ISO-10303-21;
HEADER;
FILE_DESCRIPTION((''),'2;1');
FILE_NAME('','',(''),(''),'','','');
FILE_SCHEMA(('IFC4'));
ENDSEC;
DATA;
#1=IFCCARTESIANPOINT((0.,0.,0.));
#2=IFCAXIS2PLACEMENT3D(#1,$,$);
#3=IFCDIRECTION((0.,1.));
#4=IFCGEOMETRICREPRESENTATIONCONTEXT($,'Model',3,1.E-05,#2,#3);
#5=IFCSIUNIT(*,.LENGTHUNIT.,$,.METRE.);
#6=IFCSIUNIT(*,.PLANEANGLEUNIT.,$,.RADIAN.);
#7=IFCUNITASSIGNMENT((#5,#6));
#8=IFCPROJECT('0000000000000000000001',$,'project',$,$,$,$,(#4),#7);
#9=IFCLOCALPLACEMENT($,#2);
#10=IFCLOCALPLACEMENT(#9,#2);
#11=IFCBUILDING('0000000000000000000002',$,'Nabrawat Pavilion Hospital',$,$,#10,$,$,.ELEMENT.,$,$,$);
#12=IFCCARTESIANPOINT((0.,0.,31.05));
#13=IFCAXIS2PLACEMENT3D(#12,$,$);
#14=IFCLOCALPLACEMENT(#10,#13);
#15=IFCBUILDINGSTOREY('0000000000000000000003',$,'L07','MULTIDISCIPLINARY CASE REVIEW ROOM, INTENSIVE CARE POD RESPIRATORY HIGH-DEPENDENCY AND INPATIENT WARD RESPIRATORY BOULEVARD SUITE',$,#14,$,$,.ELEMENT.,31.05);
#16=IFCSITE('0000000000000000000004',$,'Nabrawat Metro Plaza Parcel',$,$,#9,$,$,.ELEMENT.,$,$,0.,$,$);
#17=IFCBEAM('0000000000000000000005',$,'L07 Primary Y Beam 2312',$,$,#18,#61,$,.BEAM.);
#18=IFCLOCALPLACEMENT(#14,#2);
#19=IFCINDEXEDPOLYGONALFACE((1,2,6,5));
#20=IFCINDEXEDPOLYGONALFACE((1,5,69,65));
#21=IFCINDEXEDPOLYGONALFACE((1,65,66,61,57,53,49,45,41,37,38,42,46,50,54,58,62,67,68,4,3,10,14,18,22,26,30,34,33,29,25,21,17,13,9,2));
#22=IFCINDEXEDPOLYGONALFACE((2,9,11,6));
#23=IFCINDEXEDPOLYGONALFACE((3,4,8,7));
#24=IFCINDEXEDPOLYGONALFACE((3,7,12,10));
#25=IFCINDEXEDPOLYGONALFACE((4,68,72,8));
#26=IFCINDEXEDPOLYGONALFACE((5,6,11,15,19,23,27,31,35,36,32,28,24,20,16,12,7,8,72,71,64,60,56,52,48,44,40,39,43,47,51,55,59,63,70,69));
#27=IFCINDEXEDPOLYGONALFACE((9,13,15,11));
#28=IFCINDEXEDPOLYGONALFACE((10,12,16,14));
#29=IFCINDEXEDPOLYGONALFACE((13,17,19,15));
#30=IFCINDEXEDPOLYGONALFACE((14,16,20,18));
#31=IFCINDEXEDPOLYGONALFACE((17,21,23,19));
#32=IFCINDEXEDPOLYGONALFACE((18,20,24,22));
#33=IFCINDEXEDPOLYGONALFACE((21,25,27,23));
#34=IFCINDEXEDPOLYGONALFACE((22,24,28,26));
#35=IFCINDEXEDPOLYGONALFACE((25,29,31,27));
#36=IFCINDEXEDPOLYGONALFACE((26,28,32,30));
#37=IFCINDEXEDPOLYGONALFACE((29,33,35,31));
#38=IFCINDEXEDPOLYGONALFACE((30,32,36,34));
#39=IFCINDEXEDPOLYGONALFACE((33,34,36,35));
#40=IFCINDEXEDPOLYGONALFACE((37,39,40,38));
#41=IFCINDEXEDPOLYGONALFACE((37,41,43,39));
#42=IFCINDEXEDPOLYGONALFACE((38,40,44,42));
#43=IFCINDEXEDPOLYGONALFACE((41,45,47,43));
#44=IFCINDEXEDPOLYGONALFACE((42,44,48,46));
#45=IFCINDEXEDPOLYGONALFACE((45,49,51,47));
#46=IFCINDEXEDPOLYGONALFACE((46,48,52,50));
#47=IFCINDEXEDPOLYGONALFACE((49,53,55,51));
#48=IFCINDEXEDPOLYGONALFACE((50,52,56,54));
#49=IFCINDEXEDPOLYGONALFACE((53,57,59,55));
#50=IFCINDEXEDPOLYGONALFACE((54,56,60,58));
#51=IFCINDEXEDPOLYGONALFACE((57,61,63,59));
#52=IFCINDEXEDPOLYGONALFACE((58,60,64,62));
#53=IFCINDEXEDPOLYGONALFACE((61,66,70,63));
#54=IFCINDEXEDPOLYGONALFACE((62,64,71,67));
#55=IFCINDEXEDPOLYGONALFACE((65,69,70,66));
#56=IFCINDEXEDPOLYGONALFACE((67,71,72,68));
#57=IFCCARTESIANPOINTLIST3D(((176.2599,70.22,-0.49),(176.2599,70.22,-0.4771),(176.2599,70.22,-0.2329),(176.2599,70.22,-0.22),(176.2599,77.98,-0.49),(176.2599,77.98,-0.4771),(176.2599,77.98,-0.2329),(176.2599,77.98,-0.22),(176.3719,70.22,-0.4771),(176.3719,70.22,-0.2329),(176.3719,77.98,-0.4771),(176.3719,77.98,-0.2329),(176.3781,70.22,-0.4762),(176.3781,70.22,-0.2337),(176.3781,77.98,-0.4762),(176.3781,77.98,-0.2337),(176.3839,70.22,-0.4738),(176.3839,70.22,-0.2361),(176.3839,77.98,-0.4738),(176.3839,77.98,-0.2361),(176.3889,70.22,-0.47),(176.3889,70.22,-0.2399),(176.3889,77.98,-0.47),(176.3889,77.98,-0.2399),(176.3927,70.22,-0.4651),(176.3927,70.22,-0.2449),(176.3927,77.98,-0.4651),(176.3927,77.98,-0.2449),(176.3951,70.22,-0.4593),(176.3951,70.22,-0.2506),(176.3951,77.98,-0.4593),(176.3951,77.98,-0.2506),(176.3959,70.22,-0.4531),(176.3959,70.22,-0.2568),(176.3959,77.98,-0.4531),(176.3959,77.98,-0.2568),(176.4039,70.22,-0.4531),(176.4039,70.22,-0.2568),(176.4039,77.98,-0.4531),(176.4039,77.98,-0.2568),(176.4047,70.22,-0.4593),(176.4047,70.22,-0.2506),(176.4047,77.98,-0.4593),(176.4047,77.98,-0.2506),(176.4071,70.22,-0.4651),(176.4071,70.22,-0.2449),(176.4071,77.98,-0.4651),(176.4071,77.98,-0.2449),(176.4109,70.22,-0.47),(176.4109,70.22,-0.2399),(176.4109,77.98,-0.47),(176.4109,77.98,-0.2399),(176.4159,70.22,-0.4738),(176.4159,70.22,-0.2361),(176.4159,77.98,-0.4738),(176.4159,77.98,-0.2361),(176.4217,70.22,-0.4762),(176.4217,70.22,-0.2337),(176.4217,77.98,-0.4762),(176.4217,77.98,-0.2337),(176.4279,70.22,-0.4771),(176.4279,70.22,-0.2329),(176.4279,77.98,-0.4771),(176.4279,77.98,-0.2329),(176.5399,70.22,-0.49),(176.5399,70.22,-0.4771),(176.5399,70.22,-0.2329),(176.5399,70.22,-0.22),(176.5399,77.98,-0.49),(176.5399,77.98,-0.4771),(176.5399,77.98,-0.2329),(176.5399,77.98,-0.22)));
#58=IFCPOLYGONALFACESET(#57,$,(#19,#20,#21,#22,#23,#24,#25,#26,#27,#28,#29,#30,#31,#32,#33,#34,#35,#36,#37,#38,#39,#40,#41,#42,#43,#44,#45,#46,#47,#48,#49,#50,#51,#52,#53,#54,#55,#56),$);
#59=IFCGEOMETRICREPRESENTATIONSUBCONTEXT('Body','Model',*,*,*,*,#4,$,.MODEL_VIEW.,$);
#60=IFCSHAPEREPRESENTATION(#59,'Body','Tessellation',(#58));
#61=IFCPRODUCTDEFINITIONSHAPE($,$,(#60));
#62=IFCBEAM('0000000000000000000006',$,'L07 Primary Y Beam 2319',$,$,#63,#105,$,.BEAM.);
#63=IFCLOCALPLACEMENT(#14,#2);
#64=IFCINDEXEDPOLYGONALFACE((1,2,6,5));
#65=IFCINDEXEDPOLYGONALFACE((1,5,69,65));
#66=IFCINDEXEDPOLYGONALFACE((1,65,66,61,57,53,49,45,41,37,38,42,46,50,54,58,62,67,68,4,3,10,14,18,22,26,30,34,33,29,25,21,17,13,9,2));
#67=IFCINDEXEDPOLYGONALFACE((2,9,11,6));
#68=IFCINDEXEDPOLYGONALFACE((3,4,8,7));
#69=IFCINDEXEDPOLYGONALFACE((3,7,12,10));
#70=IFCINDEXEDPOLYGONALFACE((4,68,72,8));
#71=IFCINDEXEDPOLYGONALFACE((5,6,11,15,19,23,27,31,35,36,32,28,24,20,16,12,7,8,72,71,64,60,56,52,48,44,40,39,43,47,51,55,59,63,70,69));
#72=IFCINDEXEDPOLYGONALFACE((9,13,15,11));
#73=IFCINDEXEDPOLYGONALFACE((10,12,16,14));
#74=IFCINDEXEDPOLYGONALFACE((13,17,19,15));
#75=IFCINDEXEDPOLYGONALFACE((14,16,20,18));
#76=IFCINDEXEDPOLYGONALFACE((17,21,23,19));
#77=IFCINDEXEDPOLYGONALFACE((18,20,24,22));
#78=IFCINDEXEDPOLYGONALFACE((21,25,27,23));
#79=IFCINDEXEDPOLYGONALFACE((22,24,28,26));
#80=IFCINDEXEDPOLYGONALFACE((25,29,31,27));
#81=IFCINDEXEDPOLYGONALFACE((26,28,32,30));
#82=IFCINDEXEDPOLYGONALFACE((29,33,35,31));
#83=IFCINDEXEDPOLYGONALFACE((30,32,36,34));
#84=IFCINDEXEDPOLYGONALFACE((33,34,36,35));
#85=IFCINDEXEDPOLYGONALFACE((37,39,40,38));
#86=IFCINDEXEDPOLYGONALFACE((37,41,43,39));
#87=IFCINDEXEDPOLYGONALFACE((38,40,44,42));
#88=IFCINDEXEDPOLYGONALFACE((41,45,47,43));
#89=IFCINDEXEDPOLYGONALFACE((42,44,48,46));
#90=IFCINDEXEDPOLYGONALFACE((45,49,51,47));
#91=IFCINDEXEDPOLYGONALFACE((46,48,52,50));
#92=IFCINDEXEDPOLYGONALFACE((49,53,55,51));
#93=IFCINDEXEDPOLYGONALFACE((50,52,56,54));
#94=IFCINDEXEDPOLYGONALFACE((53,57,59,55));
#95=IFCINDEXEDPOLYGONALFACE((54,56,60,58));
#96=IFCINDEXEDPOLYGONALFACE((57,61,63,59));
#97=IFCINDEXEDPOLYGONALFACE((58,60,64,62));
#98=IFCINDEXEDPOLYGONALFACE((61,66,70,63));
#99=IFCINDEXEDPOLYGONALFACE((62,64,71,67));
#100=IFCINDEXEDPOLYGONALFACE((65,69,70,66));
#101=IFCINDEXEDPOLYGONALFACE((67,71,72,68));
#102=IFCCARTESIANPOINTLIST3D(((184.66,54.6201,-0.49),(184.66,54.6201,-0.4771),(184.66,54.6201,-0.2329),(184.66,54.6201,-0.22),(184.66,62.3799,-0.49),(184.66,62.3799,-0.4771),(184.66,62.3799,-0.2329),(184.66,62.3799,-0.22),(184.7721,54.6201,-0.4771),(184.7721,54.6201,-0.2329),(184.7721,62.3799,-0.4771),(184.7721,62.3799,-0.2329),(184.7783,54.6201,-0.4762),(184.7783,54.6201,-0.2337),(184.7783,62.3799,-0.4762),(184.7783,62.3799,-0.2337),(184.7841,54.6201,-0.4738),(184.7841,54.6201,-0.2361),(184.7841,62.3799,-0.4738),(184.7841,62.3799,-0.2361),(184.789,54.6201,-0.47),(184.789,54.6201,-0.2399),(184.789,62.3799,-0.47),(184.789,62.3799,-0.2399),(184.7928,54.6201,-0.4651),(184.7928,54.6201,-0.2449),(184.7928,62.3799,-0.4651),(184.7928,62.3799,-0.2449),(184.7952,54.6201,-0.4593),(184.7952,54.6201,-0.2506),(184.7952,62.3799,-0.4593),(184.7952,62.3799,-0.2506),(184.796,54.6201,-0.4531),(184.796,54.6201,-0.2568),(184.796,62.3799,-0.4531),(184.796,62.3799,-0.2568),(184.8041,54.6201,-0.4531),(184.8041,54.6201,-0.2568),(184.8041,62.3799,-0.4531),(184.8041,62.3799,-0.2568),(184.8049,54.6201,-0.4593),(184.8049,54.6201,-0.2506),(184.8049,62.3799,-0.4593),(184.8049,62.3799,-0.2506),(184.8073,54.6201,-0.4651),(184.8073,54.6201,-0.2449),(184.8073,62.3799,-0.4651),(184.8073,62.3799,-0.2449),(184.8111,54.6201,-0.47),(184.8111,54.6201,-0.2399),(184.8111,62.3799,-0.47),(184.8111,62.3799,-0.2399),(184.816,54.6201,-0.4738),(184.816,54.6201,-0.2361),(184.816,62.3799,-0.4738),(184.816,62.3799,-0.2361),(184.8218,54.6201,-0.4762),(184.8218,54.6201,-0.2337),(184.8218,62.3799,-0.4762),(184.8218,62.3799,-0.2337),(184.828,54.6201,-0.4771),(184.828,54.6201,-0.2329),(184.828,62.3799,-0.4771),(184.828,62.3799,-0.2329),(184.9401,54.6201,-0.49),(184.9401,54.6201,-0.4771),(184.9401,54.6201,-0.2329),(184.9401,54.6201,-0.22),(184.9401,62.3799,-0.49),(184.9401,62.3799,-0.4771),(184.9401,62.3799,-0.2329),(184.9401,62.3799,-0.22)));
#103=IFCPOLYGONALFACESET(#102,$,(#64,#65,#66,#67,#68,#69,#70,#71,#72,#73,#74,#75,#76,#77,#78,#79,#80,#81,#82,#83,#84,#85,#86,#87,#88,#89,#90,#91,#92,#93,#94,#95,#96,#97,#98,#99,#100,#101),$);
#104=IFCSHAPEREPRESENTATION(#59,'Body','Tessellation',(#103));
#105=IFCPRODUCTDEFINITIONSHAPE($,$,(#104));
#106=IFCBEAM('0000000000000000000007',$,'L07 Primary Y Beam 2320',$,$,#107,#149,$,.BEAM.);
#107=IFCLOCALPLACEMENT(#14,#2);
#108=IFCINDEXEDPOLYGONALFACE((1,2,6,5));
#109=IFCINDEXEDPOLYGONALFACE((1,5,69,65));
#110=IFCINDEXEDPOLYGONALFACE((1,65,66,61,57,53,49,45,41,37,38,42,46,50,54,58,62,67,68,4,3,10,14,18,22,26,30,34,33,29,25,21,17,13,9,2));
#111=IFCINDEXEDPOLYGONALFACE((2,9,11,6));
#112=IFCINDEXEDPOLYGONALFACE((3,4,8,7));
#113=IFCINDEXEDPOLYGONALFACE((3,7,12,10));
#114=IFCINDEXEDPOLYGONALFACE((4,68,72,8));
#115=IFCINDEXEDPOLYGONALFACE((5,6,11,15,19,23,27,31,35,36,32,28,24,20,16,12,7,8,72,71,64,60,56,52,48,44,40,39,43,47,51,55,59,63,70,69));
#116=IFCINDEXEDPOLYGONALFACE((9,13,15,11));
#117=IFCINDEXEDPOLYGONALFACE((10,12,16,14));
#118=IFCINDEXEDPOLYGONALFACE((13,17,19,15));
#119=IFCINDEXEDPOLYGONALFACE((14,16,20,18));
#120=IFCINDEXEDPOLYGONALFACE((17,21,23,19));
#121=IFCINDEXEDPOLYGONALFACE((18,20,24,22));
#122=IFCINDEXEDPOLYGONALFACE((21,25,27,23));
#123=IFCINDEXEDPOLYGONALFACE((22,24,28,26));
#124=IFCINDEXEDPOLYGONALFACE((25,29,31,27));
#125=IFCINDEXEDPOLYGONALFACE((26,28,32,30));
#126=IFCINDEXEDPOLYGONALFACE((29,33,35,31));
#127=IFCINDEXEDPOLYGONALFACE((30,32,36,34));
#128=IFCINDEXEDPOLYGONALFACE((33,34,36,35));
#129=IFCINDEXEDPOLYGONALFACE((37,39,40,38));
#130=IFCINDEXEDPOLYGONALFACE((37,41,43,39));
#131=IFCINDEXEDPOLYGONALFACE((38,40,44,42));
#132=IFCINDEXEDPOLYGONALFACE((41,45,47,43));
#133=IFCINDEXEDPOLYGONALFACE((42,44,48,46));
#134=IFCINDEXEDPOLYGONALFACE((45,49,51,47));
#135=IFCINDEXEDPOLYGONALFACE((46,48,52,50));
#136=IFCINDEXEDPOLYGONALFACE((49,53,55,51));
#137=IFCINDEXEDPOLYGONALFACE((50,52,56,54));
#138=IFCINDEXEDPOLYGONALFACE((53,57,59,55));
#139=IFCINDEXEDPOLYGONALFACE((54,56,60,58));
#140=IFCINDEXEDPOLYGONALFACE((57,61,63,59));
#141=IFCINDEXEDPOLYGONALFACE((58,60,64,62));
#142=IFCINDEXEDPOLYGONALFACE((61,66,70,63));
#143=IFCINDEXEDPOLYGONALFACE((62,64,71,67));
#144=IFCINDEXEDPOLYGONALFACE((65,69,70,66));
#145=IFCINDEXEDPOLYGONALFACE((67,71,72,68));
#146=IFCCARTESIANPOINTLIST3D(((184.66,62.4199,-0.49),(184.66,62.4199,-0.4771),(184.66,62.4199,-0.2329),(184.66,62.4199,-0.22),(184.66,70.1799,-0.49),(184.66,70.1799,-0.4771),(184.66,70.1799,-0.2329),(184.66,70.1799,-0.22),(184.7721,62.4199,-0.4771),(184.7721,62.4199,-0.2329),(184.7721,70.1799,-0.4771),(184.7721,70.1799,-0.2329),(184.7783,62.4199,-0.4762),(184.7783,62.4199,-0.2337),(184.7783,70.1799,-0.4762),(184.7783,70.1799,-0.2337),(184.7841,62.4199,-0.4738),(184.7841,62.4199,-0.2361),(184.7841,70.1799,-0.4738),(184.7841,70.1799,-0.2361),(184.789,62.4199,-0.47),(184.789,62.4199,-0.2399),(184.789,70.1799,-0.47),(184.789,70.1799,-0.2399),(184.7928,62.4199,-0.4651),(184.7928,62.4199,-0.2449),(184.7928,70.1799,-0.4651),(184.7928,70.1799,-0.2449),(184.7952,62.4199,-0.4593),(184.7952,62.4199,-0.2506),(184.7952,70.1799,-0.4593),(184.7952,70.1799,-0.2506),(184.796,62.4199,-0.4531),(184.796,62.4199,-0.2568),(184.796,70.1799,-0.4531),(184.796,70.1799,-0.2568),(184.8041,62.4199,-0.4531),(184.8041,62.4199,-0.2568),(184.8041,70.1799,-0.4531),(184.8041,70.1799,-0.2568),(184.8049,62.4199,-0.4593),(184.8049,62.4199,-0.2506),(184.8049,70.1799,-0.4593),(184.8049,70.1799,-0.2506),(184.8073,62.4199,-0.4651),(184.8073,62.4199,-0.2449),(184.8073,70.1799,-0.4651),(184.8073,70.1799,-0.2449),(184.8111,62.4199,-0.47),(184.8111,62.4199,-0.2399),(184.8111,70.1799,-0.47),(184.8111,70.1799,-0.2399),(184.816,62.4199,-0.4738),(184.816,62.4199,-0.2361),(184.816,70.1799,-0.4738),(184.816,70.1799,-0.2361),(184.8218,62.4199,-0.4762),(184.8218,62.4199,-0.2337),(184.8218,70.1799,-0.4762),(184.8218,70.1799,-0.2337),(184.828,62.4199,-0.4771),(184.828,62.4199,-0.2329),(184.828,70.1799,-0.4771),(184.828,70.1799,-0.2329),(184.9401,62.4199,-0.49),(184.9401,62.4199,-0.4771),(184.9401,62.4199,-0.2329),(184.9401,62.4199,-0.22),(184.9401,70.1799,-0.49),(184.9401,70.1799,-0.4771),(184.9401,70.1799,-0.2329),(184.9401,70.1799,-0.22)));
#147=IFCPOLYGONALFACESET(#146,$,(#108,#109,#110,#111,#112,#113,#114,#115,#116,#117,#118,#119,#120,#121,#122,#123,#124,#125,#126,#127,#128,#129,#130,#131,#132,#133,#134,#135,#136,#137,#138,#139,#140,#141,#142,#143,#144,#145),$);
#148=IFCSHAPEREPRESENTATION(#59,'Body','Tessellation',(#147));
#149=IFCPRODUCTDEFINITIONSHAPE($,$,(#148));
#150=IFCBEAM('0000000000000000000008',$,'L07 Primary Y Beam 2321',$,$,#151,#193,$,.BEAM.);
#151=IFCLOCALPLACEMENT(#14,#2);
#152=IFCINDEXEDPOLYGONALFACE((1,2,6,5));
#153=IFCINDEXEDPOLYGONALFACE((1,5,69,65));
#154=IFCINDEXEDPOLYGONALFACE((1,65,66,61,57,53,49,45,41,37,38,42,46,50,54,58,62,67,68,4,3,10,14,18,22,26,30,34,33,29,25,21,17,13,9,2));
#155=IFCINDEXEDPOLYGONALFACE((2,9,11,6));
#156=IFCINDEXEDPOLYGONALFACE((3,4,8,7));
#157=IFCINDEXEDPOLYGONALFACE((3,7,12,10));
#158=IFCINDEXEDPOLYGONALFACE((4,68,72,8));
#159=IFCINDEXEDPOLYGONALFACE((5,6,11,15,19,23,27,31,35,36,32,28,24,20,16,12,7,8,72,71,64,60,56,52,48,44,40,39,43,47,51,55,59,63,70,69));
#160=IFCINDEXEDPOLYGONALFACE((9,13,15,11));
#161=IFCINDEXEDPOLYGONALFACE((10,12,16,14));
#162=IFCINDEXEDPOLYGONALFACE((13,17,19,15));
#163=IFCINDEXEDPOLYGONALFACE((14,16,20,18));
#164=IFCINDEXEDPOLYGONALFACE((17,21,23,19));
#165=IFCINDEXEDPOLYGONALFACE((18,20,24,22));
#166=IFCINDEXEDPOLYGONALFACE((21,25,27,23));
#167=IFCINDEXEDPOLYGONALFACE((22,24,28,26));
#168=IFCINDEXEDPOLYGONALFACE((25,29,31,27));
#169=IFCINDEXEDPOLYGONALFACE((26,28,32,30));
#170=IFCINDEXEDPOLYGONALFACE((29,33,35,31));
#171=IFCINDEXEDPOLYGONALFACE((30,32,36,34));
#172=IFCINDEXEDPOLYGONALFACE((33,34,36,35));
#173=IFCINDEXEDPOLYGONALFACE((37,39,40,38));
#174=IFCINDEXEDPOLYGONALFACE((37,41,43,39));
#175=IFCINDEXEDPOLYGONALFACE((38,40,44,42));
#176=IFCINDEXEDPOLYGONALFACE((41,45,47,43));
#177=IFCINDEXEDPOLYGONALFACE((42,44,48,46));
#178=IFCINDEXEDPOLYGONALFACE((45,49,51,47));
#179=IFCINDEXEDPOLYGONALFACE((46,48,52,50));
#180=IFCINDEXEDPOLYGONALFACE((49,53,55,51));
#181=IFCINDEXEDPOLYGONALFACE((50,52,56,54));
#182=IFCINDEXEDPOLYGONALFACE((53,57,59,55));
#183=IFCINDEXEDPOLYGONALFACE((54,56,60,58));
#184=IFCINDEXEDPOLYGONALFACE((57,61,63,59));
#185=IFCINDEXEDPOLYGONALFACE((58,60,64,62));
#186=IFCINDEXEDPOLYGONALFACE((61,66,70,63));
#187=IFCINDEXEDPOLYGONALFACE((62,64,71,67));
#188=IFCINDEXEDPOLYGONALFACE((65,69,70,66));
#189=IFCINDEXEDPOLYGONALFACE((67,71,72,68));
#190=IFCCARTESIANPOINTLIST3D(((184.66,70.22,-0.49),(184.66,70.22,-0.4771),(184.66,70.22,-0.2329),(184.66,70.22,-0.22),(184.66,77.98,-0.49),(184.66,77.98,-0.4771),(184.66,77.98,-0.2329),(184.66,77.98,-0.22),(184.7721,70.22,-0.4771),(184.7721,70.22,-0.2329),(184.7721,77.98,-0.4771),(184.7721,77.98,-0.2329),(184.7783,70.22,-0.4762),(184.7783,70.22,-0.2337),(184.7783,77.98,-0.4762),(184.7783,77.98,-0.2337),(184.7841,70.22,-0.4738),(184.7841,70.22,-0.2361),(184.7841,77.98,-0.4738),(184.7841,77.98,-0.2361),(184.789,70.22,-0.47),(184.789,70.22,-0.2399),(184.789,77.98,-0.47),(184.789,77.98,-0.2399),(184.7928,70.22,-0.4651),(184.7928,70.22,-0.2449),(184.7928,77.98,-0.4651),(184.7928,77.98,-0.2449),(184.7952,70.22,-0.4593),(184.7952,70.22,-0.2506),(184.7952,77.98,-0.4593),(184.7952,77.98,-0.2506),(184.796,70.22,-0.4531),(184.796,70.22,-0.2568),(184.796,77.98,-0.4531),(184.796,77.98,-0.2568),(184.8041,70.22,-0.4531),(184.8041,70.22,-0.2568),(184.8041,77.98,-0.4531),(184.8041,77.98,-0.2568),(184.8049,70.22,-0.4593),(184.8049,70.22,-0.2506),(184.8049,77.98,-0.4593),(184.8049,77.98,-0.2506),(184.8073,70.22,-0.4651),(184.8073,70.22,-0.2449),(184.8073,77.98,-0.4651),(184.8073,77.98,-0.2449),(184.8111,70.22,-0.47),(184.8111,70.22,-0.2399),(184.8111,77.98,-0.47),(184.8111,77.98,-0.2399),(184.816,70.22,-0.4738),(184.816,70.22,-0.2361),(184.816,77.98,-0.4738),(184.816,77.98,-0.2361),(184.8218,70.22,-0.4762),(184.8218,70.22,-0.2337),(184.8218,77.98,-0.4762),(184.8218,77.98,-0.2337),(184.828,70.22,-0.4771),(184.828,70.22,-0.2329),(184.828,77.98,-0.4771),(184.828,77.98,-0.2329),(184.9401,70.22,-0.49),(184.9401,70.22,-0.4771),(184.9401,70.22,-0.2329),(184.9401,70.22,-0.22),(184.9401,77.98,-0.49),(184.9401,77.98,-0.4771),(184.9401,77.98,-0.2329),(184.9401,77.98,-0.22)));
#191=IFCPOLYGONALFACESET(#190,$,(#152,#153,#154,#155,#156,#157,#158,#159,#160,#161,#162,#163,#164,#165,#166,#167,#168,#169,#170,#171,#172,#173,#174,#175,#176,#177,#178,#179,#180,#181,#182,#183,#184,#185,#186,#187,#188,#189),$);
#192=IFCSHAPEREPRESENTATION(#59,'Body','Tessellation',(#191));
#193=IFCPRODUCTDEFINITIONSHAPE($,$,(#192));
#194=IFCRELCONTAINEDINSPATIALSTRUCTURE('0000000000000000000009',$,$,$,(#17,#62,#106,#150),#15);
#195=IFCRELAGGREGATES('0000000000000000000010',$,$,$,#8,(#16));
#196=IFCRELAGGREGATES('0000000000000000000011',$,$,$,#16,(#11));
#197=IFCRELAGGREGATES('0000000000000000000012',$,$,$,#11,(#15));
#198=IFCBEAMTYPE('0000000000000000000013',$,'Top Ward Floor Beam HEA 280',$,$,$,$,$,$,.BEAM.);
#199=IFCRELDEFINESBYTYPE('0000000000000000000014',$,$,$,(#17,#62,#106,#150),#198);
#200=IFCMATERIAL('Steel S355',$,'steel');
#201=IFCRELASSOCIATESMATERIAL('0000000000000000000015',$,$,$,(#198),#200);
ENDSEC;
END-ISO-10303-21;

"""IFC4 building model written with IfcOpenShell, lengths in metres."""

from ifc_helpers import new_model, si_unit, direction, frame, origin, origin_2d, place, context, subcontext, project, spatial, i_section, extrude, material, material_profile, profile_set, type_object, element, save


model = new_model("IFC4")

# Units and contexts
model_context = context("Model", 3, precision=1e-05, world=origin(), true_north=direction((0.0, 1.0)))
body_context = subcontext(model_context, "Body", "Model", "MODEL_VIEW")
ifc_project = project(units=[si_unit("LENGTHUNIT", "METRE"), si_unit("PLANEANGLEUNIT", "RADIAN")], contexts=[model_context])

# Site, building, storey
site_placement = place(None, origin())
site = spatial("IfcSite", under=ifc_project, at=site_placement, Name="Nabrawat Metro Plaza Parcel", CompositionType="ELEMENT", RefElevation=0.0)
building_placement = place(site_placement, origin())
building = spatial("IfcBuilding", under=site, at=building_placement, Name="Nabrawat Pavilion Hospital", CompositionType="ELEMENT")
storey_placement = place(building_placement, frame((0.0, 0.0, 31.05)))
storey = spatial("IfcBuildingStorey", under=building, at=storey_placement, Name="L07", Description="MULTIDISCIPLINARY CASE REVIEW ROOM, INTENSIVE CARE POD RESPIRATORY HIGH-DEPENDENCY AND INPATIENT WARD RESPIRATORY BOULEVARD SUITE", CompositionType="ELEMENT", Elevation=31.05)

# Shared definitions
ifc_material_1 = material(Name="Steel S355", Category="steel")

# Beams
ifc_material_profile_1 = material_profile(ifc_material_1, i_section(OverallWidth=0.28, OverallDepth=0.27, WebThickness=0.0081, FlangeThickness=0.0129, FilletRadius=0.0239, at=origin_2d()), Name="HEA 280")
ifc_profile_set_1 = profile_set([ifc_material_profile_1], Name="Steel S355")
beam_type_1 = type_object("IfcBeamType", Name="Top Ward Floor Beam HEA 280", PredefinedType="BEAM", material=ifc_profile_set_1)
beam_1_placement = place(storey_placement, frame((176.3999, 70.22, -0.355), z_axis=(0.0, 1.0, 0.0), x_axis=(-1.0, 0.0, 0.0)))
element("IfcBeam", 1, at=beam_1_placement, inside=storey, type_object=beam_type_1, Name="L07 Primary Y Beam 2312", PredefinedType="BEAM", context=body_context, shape_type="SweptSolid", body=[
    extrude(i_section(OverallWidth=0.28, OverallDepth=0.27, WebThickness=0.0081, FlangeThickness=0.0129, FilletRadius=0.0239, at=origin_2d()), origin(), (0.0, 0.0, 1.0), 7.76),
])
beam_2_placement = place(storey_placement, frame((184.8, 54.6201, -0.355), z_axis=(0.0, 1.0, 0.0), x_axis=(-1.0, 0.0, 0.0)))
element("IfcBeam", 2, at=beam_2_placement, inside=storey, type_object=beam_type_1, Name="L07 Primary Y Beam 2319", PredefinedType="BEAM", context=body_context, shape_type="SweptSolid", body=[
    extrude(i_section(OverallWidth=0.28, OverallDepth=0.27, WebThickness=0.0081, FlangeThickness=0.0129, FilletRadius=0.0239, at=origin_2d()), origin(), (0.0, 0.0, 1.0), 7.7598),
])
for number, where, z_axis, x_axis, name in (
    (3, (184.8, 62.4199, -0.355), (0.0, 1.0, 0.0), (-1.0, 0.0, 0.0), "L07 Primary Y Beam 2320"),
    (4, (184.8, 70.22, -0.355), (0.0, 1.0, 0.0), (-1.0, 0.0, 0.0), "L07 Primary Y Beam 2321"),
):
    element("IfcBeam", number, at=place(storey_placement, frame(where, z_axis=z_axis, x_axis=x_axis)), inside=storey, type_object=beam_type_1, Name=name, PredefinedType="BEAM", context=body_context, shape_type="SweptSolid", body=[
        extrude(i_section(OverallWidth=0.28, OverallDepth=0.27, WebThickness=0.0081, FlangeThickness=0.0129, FilletRadius=0.0239, at=origin_2d()), origin(), (0.0, 0.0, 1.0), 7.76),
    ])

save(model, "model.ifc")
